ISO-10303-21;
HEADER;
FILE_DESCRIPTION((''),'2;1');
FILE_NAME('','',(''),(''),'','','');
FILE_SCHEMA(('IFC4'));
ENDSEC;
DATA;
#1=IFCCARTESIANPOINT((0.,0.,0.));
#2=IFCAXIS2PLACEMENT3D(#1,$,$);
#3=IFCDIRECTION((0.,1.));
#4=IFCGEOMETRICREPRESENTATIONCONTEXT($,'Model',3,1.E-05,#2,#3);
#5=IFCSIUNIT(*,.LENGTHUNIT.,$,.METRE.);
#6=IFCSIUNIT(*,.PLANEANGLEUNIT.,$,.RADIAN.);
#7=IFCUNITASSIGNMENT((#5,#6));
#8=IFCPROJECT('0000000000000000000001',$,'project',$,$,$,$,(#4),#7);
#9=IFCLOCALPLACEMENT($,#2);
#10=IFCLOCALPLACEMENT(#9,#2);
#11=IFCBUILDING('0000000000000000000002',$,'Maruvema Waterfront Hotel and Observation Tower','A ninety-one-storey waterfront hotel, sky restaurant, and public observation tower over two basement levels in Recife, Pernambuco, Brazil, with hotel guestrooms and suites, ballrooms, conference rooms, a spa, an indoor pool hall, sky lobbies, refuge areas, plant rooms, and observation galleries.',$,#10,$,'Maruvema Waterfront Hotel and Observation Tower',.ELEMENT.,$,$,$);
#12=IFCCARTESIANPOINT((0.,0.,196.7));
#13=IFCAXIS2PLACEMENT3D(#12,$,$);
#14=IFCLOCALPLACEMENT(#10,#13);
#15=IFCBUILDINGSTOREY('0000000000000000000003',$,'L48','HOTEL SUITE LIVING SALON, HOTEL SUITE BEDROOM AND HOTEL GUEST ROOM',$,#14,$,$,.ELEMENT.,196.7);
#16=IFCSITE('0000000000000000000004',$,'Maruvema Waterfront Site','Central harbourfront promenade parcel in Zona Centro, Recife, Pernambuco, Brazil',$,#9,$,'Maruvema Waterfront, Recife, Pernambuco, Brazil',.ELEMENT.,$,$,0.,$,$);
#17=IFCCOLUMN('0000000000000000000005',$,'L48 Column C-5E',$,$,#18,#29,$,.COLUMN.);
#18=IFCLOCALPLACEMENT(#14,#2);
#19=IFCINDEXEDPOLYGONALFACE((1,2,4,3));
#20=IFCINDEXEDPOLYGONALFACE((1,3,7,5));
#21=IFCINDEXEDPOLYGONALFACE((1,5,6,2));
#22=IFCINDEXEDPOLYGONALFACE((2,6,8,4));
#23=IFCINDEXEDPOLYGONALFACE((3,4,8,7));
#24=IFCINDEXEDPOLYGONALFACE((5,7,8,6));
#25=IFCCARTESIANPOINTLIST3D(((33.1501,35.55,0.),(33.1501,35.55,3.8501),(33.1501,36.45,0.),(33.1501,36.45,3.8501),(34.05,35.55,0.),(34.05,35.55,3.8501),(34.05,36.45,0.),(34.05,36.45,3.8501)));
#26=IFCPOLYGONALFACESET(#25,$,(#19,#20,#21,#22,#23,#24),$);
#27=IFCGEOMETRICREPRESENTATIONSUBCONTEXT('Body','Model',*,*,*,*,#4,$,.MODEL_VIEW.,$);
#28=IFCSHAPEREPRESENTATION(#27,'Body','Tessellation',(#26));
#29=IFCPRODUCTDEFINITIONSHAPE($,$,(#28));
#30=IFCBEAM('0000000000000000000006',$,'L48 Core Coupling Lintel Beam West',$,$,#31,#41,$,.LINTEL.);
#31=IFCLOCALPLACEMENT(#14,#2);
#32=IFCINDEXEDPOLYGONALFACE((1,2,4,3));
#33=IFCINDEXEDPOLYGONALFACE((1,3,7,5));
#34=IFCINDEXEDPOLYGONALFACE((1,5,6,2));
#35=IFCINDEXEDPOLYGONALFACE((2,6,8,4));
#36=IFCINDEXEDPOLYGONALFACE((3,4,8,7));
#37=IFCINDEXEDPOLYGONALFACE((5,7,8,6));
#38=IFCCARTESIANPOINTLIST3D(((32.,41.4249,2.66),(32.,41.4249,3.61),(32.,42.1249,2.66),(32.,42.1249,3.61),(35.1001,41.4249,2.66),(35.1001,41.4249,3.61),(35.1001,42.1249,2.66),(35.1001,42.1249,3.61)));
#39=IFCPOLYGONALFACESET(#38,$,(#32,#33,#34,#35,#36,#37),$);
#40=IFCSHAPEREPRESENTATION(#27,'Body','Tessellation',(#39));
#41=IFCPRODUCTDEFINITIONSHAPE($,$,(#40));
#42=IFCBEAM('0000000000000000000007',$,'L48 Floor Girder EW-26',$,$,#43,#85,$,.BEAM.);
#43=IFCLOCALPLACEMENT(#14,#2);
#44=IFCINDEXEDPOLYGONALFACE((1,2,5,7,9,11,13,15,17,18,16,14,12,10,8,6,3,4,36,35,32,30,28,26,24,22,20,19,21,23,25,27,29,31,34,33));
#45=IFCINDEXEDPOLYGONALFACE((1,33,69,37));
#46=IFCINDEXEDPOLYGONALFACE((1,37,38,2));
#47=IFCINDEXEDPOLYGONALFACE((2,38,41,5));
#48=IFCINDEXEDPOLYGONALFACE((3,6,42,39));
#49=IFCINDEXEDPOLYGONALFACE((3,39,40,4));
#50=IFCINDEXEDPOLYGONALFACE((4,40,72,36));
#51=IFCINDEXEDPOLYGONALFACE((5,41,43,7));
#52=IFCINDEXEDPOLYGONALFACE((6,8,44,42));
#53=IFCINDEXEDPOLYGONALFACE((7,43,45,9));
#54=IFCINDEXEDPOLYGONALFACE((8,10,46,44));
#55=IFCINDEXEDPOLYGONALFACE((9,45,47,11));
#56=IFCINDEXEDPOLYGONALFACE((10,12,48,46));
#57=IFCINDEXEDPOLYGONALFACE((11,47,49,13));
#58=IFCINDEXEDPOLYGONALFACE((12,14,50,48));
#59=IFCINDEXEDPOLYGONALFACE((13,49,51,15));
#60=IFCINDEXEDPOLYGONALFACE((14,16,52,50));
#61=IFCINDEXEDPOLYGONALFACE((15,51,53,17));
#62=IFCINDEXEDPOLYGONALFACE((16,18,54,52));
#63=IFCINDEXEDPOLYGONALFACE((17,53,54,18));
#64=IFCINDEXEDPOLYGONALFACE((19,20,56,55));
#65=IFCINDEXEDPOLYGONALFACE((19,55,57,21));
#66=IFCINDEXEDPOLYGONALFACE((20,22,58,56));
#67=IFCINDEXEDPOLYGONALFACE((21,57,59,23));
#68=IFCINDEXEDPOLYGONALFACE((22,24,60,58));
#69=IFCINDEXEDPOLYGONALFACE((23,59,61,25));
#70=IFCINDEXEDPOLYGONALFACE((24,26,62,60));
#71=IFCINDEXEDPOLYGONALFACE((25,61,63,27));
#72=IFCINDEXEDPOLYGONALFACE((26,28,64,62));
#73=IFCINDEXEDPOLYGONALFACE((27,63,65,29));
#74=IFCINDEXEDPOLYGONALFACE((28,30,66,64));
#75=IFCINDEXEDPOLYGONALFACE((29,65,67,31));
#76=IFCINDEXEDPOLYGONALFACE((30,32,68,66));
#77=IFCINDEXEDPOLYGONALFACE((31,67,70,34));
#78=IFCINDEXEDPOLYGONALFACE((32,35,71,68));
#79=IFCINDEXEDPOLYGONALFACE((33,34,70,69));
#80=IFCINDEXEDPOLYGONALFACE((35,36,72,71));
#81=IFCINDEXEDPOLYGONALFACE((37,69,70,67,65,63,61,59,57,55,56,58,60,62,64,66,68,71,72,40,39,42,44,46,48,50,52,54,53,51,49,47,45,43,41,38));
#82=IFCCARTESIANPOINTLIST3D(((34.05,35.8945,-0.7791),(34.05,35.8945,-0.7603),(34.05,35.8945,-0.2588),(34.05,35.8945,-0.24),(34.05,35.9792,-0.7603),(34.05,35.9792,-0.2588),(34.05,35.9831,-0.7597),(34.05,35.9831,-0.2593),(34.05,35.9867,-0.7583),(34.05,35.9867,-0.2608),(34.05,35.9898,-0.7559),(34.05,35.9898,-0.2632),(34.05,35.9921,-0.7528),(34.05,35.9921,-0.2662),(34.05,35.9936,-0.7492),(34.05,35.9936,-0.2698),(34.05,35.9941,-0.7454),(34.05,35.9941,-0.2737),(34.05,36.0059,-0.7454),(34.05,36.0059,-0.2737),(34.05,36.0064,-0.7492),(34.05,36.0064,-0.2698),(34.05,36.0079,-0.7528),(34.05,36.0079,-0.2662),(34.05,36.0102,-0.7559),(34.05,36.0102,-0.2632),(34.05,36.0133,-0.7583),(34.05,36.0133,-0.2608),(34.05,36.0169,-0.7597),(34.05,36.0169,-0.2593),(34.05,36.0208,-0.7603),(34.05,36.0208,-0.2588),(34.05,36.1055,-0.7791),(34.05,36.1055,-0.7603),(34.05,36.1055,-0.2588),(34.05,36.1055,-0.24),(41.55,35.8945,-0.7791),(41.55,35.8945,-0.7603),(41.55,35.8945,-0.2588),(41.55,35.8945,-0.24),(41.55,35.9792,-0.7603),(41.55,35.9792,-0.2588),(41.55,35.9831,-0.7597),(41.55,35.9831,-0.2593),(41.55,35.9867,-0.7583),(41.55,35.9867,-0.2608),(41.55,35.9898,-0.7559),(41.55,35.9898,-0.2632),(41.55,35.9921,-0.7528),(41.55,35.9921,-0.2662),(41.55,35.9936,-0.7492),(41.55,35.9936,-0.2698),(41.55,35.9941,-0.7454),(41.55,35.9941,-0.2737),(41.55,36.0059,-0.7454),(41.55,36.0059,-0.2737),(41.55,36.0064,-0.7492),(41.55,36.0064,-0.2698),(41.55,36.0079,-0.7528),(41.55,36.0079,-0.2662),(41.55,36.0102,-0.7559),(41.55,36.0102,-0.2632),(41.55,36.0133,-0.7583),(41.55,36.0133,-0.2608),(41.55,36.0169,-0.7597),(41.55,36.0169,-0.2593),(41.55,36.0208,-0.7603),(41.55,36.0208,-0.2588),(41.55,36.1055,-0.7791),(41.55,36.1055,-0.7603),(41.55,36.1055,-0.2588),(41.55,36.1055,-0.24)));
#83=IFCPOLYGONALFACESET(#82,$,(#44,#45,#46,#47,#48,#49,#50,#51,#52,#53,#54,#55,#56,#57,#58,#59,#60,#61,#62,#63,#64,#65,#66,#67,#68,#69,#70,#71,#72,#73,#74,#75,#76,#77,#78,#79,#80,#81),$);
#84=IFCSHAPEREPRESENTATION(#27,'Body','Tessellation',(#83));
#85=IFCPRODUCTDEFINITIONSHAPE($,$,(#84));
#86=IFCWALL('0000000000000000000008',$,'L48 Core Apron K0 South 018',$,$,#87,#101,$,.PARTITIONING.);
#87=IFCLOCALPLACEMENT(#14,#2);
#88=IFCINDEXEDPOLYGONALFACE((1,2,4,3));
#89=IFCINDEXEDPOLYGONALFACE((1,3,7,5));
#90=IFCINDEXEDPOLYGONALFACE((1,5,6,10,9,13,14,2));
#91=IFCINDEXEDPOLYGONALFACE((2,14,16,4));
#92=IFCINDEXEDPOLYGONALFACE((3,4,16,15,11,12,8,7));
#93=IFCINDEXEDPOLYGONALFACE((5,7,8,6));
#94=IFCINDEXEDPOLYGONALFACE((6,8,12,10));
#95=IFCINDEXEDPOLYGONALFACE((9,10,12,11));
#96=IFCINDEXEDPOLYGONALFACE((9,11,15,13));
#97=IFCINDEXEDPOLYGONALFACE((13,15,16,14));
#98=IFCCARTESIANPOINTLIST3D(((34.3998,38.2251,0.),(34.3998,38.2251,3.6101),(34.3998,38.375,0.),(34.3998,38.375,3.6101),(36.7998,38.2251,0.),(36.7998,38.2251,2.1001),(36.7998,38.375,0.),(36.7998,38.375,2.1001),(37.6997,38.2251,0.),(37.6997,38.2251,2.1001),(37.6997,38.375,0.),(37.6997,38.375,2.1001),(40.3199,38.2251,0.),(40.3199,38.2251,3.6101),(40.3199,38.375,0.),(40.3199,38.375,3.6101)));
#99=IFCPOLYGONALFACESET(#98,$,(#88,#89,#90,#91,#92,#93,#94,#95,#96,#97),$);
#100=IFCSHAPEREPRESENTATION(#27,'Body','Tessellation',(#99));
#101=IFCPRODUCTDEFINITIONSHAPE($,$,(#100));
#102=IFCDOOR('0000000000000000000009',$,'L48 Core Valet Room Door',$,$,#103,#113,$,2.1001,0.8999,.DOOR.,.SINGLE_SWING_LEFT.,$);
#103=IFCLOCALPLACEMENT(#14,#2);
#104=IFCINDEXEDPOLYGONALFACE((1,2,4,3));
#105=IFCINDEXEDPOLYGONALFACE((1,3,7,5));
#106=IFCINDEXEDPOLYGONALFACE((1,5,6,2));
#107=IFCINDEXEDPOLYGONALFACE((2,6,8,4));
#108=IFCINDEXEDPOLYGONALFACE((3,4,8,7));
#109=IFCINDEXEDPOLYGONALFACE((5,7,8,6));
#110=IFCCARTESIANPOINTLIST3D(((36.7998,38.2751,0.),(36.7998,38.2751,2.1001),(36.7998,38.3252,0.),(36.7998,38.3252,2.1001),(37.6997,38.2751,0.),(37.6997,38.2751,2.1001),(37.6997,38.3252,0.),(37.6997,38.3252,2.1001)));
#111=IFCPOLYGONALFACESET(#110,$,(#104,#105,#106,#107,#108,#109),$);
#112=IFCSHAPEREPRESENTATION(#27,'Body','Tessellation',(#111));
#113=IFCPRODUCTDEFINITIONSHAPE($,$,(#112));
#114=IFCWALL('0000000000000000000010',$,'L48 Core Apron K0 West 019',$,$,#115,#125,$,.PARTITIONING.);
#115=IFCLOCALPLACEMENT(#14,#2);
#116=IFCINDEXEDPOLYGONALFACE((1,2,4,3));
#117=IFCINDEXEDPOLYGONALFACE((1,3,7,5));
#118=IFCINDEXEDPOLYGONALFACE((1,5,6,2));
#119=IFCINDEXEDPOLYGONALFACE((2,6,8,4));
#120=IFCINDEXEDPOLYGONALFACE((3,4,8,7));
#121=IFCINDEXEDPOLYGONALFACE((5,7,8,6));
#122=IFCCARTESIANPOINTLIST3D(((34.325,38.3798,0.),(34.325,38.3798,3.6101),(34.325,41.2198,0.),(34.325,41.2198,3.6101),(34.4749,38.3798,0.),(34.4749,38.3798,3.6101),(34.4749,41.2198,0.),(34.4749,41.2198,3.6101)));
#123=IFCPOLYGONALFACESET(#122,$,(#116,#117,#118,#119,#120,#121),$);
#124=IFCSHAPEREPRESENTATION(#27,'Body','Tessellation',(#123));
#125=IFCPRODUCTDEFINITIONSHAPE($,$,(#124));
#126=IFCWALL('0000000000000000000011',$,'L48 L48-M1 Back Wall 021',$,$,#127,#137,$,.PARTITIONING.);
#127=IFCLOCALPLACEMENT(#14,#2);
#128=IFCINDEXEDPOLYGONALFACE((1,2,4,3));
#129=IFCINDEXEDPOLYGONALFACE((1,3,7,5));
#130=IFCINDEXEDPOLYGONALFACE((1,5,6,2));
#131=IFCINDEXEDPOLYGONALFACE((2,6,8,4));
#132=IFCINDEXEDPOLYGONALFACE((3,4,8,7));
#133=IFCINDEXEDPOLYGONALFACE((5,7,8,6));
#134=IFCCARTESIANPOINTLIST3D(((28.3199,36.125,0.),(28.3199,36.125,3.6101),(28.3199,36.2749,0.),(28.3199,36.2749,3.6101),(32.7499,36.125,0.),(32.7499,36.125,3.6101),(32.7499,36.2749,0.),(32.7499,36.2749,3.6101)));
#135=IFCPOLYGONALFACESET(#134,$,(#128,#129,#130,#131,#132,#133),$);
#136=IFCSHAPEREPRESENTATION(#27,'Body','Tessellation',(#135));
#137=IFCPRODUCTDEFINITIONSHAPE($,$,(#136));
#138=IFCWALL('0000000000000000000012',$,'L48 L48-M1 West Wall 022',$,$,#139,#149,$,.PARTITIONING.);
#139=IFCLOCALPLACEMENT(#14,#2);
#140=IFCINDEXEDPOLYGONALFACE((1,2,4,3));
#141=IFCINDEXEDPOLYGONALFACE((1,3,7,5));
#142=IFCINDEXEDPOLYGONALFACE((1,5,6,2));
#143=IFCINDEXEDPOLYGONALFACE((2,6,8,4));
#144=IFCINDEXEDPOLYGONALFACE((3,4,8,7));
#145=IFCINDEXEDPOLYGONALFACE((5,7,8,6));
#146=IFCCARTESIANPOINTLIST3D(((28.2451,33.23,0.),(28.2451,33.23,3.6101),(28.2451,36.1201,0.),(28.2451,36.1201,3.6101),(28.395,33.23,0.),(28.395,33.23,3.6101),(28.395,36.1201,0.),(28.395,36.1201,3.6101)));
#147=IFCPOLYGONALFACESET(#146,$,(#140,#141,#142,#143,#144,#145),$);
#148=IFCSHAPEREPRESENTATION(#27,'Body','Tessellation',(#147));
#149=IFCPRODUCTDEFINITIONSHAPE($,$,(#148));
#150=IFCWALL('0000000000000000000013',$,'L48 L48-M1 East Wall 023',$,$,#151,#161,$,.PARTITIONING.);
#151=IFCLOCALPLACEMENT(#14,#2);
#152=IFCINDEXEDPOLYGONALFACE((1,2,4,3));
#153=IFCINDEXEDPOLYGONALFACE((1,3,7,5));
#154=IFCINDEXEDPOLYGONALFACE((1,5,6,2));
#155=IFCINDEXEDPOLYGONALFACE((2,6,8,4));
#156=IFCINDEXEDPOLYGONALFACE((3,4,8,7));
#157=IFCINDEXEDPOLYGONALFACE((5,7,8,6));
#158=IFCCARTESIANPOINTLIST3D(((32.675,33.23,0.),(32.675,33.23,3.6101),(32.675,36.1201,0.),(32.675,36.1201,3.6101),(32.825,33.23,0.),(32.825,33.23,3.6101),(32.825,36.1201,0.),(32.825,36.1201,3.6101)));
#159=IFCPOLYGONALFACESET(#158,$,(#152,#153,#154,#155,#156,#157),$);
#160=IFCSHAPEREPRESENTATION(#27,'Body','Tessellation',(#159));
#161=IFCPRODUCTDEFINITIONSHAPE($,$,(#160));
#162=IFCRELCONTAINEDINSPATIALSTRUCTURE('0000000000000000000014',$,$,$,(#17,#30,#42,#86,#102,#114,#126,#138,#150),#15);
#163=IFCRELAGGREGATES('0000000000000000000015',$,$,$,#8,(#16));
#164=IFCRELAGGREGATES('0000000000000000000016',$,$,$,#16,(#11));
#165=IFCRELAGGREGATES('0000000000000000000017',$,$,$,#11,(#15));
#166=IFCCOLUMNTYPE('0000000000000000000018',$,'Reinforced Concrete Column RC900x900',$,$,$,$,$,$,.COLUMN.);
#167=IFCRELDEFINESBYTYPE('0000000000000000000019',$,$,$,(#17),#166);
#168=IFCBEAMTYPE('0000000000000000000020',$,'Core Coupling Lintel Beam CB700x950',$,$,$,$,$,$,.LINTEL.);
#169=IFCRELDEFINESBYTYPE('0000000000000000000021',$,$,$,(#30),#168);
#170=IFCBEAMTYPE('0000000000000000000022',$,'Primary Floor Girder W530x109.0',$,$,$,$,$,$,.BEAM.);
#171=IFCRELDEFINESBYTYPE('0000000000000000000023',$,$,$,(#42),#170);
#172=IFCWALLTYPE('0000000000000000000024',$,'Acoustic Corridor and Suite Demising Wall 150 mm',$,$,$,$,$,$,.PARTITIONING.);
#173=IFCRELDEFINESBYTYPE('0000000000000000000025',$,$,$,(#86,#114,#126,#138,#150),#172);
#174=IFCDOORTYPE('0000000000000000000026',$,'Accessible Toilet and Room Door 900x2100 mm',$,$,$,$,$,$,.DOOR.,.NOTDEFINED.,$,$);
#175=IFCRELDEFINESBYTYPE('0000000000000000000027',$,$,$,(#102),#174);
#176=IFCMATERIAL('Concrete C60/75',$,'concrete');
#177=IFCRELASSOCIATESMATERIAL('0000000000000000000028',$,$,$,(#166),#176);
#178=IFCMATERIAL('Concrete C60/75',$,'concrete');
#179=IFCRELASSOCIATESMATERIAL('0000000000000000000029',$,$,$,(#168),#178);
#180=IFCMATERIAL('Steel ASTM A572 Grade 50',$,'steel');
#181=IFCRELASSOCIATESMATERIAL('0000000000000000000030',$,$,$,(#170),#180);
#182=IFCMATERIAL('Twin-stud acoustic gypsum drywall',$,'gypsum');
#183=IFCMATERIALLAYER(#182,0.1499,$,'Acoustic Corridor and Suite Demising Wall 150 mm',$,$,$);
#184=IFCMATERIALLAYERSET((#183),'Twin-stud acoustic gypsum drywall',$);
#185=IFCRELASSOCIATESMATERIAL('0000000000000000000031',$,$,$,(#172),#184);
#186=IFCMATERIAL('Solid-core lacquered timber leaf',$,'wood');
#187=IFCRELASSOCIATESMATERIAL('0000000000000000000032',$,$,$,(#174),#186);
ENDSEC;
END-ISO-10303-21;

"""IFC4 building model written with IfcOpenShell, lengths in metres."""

from ifc_helpers import new_model, si_unit, direction, frame, frame_2d, origin, origin_2d, place, context, subcontext, project, spatial, rectangle, i_section, extrude, material, layer, layer_set, material_profile, profile_set, type_object, element, fill, save


model = new_model("IFC4")

# Units and contexts
model_context = context("Model", 3, precision=1e-05, world=origin(), true_north=direction((0.0, 1.0)))
body_context = subcontext(model_context, "Body", "Model", "MODEL_VIEW")
ifc_project = project(units=[si_unit("LENGTHUNIT", "METRE"), si_unit("PLANEANGLEUNIT", "RADIAN")], contexts=[model_context])

# Site, building, storey
site_placement = place(None, origin())
site = spatial("IfcSite", under=ifc_project, at=site_placement, Name="Maruvema Waterfront Site", Description="Central harbourfront promenade parcel in Zona Centro, Recife, Pernambuco, Brazil", LongName="Maruvema Waterfront, Recife, Pernambuco, Brazil", CompositionType="ELEMENT", RefElevation=0.0)
building_placement = place(site_placement, origin())
building = spatial("IfcBuilding", under=site, at=building_placement, Name="Maruvema Waterfront Hotel and Observation Tower", Description="A ninety-one-storey waterfront hotel, sky restaurant, and public observation tower over two basement levels in Recife, Pernambuco, Brazil, with hotel guestrooms and suites, ballrooms, conference rooms, a spa, an indoor pool hall, sky lobbies, refuge areas, plant rooms, and observation galleries.", LongName="Maruvema Waterfront Hotel and Observation Tower", CompositionType="ELEMENT")
storey_placement = place(building_placement, frame((0.0, 0.0, 196.7)))
storey = spatial("IfcBuildingStorey", under=building, at=storey_placement, Name="L48", Description="HOTEL SUITE LIVING SALON, HOTEL SUITE BEDROOM AND HOTEL GUEST ROOM", CompositionType="ELEMENT", Elevation=196.7)

# Column
ifc_material_1 = material(Name="Concrete C60/75", Category="concrete")
ifc_material_profile_1 = material_profile(ifc_material_1, rectangle(XDim=0.8999, YDim=0.8999, at=origin_2d()), Name="RC900x900")
ifc_profile_set_1 = profile_set([ifc_material_profile_1], Name="Concrete C60/75")
column_type = type_object("IfcColumnType", Name="Reinforced Concrete Column RC900x900", PredefinedType="COLUMN", material=ifc_profile_set_1)
column_placement = place(storey_placement, frame((33.6001, 36.0, 0.0), z_axis=(0.0, 0.0, 1.0), x_axis=(1.0, 0.0, 0.0)))
element("IfcColumn", 1, at=column_placement, inside=storey, type_object=column_type, Name="L48 Column C-5E", PredefinedType="COLUMN", context=body_context, shape_type="SweptSolid", body=[
    extrude(rectangle(XDim=0.8999, YDim=0.8999, at=origin_2d()), origin(), (0.0, 0.0, 1.0), 3.8501),
])

# Beams
ifc_material_2 = material(Name="Concrete C60/75", Category="concrete")
ifc_material_profile_2 = material_profile(ifc_material_2, rectangle(XDim=0.7, YDim=0.95, at=origin_2d()), Name="CB700x950")
ifc_profile_set_2 = profile_set([ifc_material_profile_2], Name="Concrete C60/75")
beam_type_1 = type_object("IfcBeamType", Name="Core Coupling Lintel Beam CB700x950", PredefinedType="LINTEL", material=ifc_profile_set_2)
beam_1_placement = place(storey_placement, frame((32.0, 41.7749, 3.135), z_axis=(1.0, 0.0, 0.0), x_axis=(0.0, 1.0, 0.0)))
element("IfcBeam", 2, at=beam_1_placement, inside=storey, type_object=beam_type_1, Name="L48 Core Coupling Lintel Beam West", PredefinedType="LINTEL", context=body_context, shape_type="SweptSolid", body=[
    extrude(rectangle(XDim=0.7, YDim=0.95, at=origin_2d()), origin(), (0.0, 0.0, 1.0), 3.1001),
])
ifc_material_3 = material(Name="Steel ASTM A572 Grade 50", Category="steel")
ifc_material_profile_3 = material_profile(ifc_material_3, i_section(OverallWidth=0.2109, OverallDepth=0.5391, WebThickness=0.0117, FlangeThickness=0.0188, FilletRadius=0.0149, at=origin_2d()), Name="W530x109.0")
ifc_profile_set_3 = profile_set([ifc_material_profile_3], Name="Steel ASTM A572 Grade 50")
beam_type_2 = type_object("IfcBeamType", Name="Primary Floor Girder W530x109.0", PredefinedType="BEAM", material=ifc_profile_set_3)
beam_2_placement = place(storey_placement, frame((34.05, 36.0, -0.5095), z_axis=(1.0, 0.0, 0.0), x_axis=(0.0, 1.0, 0.0)))
element("IfcBeam", 3, at=beam_2_placement, inside=storey, type_object=beam_type_2, Name="L48 Floor Girder EW-26", PredefinedType="BEAM", context=body_context, shape_type="SweptSolid", body=[
    extrude(i_section(OverallWidth=0.2109, OverallDepth=0.5391, WebThickness=0.0117, FlangeThickness=0.0188, FilletRadius=0.0149, at=origin_2d()), origin(), (0.0, 0.0, 1.0), 7.5),
])

# Wall, opening, door
ifc_material_4 = material(Name="Twin-stud acoustic gypsum drywall", Category="gypsum")
ifc_layer_1 = layer(ifc_material_4, 0.1499, Name="Acoustic Corridor and Suite Demising Wall 150 mm")
ifc_layer_set_1 = layer_set([ifc_layer_1], Name="Twin-stud acoustic gypsum drywall")
wall_type_1 = type_object("IfcWallType", Name="Acoustic Corridor and Suite Demising Wall 150 mm", PredefinedType="PARTITIONING", material=ifc_layer_set_1)
wall_1_placement = place(storey_placement, frame((34.3999, 38.3, 0.0), z_axis=(0.0, 0.0, 1.0), x_axis=(1.0, 0.0, 0.0)))
wall_1 = element("IfcWall", 4, at=wall_1_placement, inside=storey, type_object=wall_type_1, Name="L48 Core Apron K0 South 018", PredefinedType="PARTITIONING", context=body_context, shape_type="SweptSolid", body=[
    extrude(rectangle(XDim=5.9202, YDim=0.1499, at=frame_2d((2.96, 0.0))), origin(), (0.0, 0.0, 1.0), 3.6101),
])
opening_1_placement = place(wall_1_placement, frame((2.3999, 0.0, 0.0)))
opening_1 = element("IfcOpeningElement", 5, at=opening_1_placement, cuts=wall_1, PredefinedType="OPENING", context=body_context, shape_type="SweptSolid", body=[
    extrude(rectangle(XDim=0.8999, YDim=2.1001, at=frame_2d((0.45, 1.05))), frame((0.0, 0.085, 0.0), z_axis=(0.0, -1.0, 0.0), x_axis=(1.0, 0.0, 0.0)), (0.0, 0.0, 1.0), 0.1699),
])
ifc_material_5 = material(Name="Solid-core lacquered timber leaf", Category="wood")
door_type_1 = type_object("IfcDoorType", Name="Accessible Toilet and Room Door 900x2100 mm", OperationType="NOTDEFINED", PredefinedType="DOOR", material=ifc_material_5)
door_1_placement = place(opening_1_placement, frame((0.8999, 0.0, 0.0), z_axis=(0.0, 0.0, 1.0), x_axis=(-1.0, 0.0, 0.0)))
door_1 = element("IfcDoor", 6, at=door_1_placement, inside=storey, type_object=door_type_1, Name="L48 Core Valet Room Door", OperationType="SINGLE_SWING_LEFT", OverallHeight=2.1001, OverallWidth=0.8999, PredefinedType="DOOR", context=body_context, shape_type="SweptSolid", body=[
    extrude(rectangle(XDim=0.8999, YDim=2.1001, at=frame_2d((0.45, 1.05))), frame((0.0, 0.0249, 0.0), z_axis=(0.0, -1.0, 0.0), x_axis=(1.0, 0.0, 0.0)), (0.0, 0.0, 1.0), 0.05),
])
fill(opening_1, door_1)

# Walls
wall_2_placement = place(storey_placement, frame((34.3999, 38.3799, 0.0), z_axis=(0.0, 0.0, 1.0), x_axis=(0.0, 1.0, 0.0)))
element("IfcWall", 7, at=wall_2_placement, inside=storey, type_object=wall_type_1, Name="L48 Core Apron K0 West 019", PredefinedType="PARTITIONING", context=body_context, shape_type="SweptSolid", body=[
    extrude(rectangle(XDim=2.8401, YDim=0.1499, at=frame_2d((1.4199, 0.0))), origin(), (0.0, 0.0, 1.0), 3.6101),
])
wall_3_placement = place(storey_placement, frame((28.3201, 36.2, 0.0), z_axis=(0.0, 0.0, 1.0), x_axis=(1.0, 0.0, 0.0)))
element("IfcWall", 8, at=wall_3_placement, inside=storey, type_object=wall_type_1, Name="L48 L48-M1 Back Wall 021", PredefinedType="PARTITIONING", context=body_context, shape_type="SweptSolid", body=[
    extrude(rectangle(XDim=4.4299, YDim=0.1499, at=frame_2d((2.2148, 0.0))), origin(), (0.0, 0.0, 1.0), 3.6101),
])
for number, where, z_axis, x_axis, name in (
    (9, (28.3201, 33.23, 0.0), (0.0, 0.0, 1.0), (0.0, 1.0, 0.0), "L48 L48-M1 West Wall 022"),
    (10, (32.75, 33.23, 0.0), (0.0, 0.0, 1.0), (0.0, 1.0, 0.0), "L48 L48-M1 East Wall 023"),
):
    element("IfcWall", number, at=place(storey_placement, frame(where, z_axis=z_axis, x_axis=x_axis)), inside=storey, type_object=wall_type_1, Name=name, PredefinedType="PARTITIONING", context=body_context, shape_type="SweptSolid", body=[
        extrude(rectangle(XDim=2.8901, YDim=0.1499, at=frame_2d((1.4451, 0.0))), origin(), (0.0, 0.0, 1.0), 3.6101),
    ])

save(model, "model.ifc")
